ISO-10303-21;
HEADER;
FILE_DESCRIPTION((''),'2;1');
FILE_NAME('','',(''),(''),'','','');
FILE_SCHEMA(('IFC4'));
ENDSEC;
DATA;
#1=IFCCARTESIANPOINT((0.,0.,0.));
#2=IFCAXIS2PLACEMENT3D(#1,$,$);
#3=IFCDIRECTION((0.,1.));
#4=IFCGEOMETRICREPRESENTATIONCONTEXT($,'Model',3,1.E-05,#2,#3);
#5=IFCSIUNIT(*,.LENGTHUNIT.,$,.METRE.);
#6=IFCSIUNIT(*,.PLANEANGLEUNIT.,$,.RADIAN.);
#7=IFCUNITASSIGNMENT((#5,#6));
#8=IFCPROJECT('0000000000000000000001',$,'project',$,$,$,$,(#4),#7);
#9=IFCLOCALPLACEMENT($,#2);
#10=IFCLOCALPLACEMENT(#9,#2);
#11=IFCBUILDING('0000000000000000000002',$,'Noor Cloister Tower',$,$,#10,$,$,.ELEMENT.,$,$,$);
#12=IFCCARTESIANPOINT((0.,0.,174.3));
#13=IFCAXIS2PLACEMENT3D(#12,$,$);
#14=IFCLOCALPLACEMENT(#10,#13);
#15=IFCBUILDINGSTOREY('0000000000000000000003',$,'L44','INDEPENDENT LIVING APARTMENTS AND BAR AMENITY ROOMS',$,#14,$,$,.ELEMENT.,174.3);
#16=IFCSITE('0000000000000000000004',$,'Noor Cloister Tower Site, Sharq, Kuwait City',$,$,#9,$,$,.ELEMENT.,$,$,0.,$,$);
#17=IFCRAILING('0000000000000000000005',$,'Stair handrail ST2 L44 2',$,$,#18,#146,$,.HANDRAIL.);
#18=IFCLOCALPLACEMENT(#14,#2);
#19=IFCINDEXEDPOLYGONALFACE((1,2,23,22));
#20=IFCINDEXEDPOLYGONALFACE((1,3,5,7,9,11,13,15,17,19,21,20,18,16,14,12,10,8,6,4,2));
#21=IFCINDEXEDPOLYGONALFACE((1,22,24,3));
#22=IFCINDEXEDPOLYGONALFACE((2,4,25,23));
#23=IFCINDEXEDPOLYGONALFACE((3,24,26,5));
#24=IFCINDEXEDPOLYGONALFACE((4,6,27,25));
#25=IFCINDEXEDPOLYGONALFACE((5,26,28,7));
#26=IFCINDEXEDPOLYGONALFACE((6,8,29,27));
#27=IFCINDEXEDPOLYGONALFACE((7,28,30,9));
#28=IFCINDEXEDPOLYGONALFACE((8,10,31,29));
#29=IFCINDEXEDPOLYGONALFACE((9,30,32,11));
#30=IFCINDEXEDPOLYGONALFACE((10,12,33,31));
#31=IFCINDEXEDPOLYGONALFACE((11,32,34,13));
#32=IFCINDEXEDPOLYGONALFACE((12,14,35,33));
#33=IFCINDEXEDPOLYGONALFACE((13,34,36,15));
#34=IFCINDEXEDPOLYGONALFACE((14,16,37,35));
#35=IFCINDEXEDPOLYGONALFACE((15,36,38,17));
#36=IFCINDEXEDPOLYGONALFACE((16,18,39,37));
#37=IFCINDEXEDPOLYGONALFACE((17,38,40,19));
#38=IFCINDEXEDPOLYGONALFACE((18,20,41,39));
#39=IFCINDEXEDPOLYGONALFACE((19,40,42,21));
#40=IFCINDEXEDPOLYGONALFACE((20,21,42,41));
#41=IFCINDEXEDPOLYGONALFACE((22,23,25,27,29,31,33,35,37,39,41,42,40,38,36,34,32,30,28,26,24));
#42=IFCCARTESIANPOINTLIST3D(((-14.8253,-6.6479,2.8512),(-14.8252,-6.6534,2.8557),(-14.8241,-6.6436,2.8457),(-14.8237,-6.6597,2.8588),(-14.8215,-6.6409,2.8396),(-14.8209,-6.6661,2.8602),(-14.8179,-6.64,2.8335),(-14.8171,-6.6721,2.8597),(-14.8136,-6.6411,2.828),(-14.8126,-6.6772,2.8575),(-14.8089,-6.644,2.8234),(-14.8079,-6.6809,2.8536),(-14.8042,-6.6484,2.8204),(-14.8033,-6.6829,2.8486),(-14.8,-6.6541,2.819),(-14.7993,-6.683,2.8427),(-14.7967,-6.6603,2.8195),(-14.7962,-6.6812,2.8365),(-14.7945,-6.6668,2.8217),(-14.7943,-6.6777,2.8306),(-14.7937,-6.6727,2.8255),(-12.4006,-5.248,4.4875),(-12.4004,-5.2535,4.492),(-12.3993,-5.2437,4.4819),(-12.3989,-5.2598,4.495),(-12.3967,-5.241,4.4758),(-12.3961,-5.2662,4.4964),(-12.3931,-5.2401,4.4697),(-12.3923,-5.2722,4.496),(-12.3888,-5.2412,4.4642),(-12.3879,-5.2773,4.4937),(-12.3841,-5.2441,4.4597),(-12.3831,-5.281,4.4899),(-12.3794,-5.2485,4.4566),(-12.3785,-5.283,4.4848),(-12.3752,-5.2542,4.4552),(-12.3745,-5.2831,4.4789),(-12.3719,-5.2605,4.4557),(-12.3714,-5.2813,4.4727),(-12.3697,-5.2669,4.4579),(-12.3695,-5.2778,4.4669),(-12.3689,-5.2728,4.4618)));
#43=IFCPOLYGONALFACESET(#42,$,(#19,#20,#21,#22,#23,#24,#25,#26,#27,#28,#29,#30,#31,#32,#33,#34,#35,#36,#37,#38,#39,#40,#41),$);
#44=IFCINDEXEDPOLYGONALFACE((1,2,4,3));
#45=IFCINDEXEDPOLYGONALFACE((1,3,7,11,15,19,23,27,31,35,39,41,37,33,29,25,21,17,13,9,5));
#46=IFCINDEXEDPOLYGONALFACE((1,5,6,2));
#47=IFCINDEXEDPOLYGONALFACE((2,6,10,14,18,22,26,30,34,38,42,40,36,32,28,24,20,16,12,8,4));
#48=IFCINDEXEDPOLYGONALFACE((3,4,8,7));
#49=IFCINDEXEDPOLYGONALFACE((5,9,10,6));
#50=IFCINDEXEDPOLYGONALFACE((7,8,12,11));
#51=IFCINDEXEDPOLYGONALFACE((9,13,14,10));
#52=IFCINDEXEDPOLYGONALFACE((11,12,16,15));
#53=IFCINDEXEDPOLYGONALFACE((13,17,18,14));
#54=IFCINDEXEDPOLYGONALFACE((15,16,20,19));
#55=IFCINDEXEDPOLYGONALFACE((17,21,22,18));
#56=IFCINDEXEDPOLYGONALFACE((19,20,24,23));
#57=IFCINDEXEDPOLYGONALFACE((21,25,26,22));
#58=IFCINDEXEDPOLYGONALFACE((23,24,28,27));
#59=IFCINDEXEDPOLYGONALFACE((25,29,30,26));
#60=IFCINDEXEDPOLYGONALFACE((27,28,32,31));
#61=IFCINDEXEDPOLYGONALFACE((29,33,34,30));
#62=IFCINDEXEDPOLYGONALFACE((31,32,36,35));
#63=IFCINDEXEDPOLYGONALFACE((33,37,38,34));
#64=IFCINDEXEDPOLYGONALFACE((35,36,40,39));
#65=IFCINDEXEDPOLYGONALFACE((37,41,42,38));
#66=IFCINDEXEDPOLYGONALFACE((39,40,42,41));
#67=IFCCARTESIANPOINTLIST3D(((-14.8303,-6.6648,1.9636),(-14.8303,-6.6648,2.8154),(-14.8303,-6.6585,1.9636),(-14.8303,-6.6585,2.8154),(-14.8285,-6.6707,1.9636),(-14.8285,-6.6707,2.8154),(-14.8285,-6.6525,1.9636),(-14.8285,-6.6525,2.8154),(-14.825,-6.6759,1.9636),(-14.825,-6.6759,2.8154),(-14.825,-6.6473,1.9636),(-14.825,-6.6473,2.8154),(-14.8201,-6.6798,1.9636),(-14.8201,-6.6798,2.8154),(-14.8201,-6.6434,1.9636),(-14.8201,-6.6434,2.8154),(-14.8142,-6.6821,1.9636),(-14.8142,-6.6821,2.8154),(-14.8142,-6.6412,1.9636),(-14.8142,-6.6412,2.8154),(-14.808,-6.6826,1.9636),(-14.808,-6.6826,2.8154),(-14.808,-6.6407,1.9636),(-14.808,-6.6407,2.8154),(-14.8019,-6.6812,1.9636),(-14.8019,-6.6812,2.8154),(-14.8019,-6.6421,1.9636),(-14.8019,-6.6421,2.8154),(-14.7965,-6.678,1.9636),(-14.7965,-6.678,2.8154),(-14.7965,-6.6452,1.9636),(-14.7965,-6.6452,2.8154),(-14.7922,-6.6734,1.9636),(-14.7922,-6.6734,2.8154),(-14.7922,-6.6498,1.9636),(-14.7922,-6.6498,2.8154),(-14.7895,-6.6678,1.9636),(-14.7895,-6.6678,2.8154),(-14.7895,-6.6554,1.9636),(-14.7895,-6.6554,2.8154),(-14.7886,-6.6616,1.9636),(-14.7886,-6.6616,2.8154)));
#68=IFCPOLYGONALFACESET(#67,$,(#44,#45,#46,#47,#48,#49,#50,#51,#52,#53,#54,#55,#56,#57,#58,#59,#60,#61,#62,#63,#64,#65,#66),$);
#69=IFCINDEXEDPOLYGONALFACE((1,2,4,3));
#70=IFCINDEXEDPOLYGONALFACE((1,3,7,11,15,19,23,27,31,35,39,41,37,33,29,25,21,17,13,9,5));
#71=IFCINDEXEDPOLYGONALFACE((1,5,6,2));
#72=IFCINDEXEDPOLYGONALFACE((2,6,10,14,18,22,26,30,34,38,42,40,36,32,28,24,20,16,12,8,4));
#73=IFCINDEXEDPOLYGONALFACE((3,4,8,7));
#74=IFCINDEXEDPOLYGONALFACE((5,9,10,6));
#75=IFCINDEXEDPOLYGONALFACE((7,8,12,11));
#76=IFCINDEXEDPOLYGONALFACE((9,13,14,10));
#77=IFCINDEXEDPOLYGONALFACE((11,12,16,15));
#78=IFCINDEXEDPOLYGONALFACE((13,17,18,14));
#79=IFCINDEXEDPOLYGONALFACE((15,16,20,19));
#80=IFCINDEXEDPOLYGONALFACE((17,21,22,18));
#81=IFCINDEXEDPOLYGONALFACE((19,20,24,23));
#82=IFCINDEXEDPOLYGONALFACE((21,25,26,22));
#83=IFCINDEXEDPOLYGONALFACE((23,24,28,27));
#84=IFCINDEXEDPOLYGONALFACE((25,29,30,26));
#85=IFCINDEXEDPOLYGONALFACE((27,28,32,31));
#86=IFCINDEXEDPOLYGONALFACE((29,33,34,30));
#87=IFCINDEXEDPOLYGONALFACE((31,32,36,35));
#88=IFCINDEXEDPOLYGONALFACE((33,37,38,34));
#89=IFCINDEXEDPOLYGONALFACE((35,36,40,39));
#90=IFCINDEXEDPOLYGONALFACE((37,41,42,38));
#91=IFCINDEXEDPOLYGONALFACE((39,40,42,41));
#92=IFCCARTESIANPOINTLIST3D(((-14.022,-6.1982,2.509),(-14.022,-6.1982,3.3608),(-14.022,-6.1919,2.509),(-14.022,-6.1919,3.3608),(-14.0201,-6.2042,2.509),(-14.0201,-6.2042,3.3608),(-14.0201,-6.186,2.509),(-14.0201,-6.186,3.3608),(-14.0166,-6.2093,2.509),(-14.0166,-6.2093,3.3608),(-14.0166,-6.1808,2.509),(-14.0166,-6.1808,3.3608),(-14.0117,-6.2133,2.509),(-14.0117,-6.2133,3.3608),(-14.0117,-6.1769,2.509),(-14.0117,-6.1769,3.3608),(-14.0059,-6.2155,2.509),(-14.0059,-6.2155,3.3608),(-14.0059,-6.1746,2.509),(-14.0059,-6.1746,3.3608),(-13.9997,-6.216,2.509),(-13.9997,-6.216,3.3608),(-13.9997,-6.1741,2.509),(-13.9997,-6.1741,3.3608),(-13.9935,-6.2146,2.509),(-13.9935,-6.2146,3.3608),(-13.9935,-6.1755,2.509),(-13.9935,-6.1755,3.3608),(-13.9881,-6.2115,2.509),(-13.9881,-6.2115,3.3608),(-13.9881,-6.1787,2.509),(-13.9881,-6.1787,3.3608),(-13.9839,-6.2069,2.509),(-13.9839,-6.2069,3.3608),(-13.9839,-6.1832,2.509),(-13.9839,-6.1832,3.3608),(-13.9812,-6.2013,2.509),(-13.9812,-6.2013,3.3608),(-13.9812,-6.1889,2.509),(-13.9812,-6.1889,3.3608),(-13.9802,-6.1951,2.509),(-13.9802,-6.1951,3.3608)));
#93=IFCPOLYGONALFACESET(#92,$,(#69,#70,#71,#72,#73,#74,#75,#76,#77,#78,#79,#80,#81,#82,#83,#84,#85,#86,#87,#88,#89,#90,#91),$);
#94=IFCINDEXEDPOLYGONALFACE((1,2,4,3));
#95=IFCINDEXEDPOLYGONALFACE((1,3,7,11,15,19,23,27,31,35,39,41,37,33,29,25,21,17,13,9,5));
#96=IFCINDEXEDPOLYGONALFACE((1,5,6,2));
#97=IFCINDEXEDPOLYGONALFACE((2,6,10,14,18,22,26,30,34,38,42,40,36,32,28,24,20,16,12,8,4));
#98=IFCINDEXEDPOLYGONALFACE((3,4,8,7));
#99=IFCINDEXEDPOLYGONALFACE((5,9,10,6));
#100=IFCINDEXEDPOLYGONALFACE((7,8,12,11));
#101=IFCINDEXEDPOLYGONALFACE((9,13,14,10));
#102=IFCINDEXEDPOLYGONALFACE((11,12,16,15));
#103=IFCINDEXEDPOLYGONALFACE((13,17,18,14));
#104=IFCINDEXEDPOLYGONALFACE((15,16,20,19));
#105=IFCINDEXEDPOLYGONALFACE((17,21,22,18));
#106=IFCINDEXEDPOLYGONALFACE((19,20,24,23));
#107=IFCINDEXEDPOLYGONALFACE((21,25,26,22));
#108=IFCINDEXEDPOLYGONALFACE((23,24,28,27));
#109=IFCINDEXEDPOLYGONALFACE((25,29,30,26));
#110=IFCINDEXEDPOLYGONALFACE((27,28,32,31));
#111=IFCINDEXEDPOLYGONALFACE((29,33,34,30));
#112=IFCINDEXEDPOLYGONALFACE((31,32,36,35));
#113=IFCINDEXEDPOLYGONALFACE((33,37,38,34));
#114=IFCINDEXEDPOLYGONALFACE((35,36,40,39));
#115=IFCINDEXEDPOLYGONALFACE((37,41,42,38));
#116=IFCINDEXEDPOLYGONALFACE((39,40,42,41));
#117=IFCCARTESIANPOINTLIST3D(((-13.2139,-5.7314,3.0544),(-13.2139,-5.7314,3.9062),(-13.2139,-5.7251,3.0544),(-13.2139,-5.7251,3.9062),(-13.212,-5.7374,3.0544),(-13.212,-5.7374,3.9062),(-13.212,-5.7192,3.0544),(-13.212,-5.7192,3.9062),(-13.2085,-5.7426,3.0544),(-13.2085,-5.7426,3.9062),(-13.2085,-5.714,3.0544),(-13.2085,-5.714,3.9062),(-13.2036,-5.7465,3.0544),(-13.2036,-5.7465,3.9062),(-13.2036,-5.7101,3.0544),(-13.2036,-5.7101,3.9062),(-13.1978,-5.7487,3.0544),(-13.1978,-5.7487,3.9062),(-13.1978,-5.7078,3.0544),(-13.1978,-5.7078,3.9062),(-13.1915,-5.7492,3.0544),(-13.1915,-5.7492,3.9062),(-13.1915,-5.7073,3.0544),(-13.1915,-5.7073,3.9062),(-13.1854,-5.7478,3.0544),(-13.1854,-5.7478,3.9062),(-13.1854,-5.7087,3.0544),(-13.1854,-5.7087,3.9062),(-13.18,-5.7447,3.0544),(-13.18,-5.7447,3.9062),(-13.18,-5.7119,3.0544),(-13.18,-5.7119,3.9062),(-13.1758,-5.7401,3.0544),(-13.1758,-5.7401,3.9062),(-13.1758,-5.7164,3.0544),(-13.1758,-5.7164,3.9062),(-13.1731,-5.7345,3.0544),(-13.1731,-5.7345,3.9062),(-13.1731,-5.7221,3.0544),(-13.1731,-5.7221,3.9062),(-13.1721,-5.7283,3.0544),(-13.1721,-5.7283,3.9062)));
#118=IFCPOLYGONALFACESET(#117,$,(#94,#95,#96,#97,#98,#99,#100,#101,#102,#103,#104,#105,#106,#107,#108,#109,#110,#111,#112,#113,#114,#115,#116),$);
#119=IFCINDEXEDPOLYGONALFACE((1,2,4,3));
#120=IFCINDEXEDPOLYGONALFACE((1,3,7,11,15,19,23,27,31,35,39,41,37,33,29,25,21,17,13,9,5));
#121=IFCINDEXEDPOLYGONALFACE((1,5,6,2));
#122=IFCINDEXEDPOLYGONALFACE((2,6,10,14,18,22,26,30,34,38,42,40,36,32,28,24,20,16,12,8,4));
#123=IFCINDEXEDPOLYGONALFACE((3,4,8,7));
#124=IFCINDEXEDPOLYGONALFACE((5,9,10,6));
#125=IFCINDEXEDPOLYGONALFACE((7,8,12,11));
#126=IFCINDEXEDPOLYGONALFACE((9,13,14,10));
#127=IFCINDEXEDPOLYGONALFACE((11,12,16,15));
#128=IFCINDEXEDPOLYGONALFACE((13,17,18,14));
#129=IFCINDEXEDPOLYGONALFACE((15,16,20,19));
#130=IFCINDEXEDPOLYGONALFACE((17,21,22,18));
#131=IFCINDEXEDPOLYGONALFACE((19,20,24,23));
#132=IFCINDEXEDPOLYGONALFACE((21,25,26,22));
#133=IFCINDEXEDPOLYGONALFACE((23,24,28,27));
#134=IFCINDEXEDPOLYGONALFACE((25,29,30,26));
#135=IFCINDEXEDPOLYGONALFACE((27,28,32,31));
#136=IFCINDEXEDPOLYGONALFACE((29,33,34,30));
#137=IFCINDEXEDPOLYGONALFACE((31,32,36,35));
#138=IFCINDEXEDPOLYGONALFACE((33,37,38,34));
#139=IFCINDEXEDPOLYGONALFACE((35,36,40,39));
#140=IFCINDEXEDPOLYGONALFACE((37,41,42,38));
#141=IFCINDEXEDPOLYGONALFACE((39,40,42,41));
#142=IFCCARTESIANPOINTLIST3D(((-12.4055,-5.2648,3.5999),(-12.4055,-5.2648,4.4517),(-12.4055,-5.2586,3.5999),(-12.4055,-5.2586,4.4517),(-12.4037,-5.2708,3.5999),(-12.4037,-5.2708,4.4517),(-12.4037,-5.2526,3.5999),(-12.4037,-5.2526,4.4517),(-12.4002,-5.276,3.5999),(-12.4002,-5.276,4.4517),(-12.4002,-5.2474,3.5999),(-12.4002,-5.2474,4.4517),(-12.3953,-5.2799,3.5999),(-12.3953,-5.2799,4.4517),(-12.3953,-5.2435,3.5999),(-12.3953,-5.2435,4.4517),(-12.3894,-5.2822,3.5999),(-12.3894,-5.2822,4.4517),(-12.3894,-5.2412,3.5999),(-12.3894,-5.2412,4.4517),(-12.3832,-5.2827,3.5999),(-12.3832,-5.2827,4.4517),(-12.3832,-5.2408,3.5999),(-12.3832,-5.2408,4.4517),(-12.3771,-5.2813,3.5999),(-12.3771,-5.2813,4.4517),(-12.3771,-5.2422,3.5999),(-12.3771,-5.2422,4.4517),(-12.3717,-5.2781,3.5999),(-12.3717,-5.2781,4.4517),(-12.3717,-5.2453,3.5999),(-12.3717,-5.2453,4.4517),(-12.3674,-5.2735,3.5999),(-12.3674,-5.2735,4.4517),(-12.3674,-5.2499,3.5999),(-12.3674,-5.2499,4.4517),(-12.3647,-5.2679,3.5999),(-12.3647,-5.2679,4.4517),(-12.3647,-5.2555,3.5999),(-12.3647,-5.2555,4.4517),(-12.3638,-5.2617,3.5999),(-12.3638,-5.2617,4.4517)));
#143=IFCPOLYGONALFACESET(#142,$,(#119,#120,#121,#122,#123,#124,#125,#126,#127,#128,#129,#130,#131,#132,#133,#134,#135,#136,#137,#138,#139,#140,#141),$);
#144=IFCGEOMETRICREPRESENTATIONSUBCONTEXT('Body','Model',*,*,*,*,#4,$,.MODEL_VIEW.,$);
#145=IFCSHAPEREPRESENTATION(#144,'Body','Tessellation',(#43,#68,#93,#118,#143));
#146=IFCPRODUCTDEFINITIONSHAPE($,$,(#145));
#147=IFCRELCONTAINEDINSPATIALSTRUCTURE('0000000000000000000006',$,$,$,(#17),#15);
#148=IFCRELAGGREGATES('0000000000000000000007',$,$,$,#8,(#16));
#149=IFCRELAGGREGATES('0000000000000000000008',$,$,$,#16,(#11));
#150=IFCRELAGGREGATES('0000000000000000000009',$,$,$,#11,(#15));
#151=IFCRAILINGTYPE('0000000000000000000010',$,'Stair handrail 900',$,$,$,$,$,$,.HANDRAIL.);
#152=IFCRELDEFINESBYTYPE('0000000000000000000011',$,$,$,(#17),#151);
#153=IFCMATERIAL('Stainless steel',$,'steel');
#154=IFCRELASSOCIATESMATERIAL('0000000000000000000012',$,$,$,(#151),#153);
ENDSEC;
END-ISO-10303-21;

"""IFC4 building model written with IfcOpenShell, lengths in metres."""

from ifc_helpers import new_model, si_unit, direction, frame, origin, origin_2d, place, context, subcontext, project, spatial, circle, extrude, material, type_object, element, save


model = new_model("IFC4")

# Units and contexts
model_context = context("Model", 3, precision=1e-05, world=origin(), true_north=direction((0.0, 1.0)))
body_context = subcontext(model_context, "Body", "Model", "MODEL_VIEW")
ifc_project = project(units=[si_unit("LENGTHUNIT", "METRE"), si_unit("PLANEANGLEUNIT", "RADIAN")], contexts=[model_context])

# Site, building, storey
site_placement = place(None, origin())
site = spatial("IfcSite", under=ifc_project, at=site_placement, Name="Noor Cloister Tower Site, Sharq, Kuwait City", CompositionType="ELEMENT", RefElevation=0.0)
building_placement = place(site_placement, origin())
building = spatial("IfcBuilding", under=site, at=building_placement, Name="Noor Cloister Tower", CompositionType="ELEMENT")
storey_placement = place(building_placement, frame((0.0, 0.0, 174.3)))
storey = spatial("IfcBuildingStorey", under=building, at=storey_placement, Name="L44", Description="INDEPENDENT LIVING APARTMENTS AND BAR AMENITY ROOMS", CompositionType="ELEMENT", Elevation=174.3)

# Railing
ifc_material_1 = material(Name="Stainless steel", Category="steel")
railing_type = type_object("IfcRailingType", Name="Stair handrail 900", PredefinedType="HANDRAIL", material=ifc_material_1)
railing_placement = place(storey_placement, frame((-14.8096, -6.6616, 1.9636)))
element("IfcRailing", 1, at=railing_placement, inside=storey, type_object=railing_type, Name="Stair handrail ST2 L44 2", PredefinedType="HANDRAIL", context=body_context, shape_type="SweptSolid", body=[
    extrude(circle(Radius=0.0239, at=origin_2d()), frame((0.0, 0.0, 0.876), z_axis=(0.747718, 0.431677, 0.504552), x_axis=(-0.499984, 0.866035, 0.0)), (0.0, 0.0, 1.0), 3.2429),
    extrude(circle(Radius=0.021, at=origin_2d()), origin(), (0.0, 0.0, 1.0), 0.8518),
    extrude(circle(Radius=0.021, at=origin_2d()), frame((0.8083, 0.4666, 0.5454)), (0.0, 0.0, 1.0), 0.8518),
    extrude(circle(Radius=0.021, at=origin_2d()), frame((1.6165, 0.9333, 1.0908)), (0.0, 0.0, 1.0), 0.8518),
    extrude(circle(Radius=0.021, at=origin_2d()), frame((2.4248, 1.3999, 1.6362)), (0.0, 0.0, 1.0), 0.8518),
])

save(model, "model.ifc")
